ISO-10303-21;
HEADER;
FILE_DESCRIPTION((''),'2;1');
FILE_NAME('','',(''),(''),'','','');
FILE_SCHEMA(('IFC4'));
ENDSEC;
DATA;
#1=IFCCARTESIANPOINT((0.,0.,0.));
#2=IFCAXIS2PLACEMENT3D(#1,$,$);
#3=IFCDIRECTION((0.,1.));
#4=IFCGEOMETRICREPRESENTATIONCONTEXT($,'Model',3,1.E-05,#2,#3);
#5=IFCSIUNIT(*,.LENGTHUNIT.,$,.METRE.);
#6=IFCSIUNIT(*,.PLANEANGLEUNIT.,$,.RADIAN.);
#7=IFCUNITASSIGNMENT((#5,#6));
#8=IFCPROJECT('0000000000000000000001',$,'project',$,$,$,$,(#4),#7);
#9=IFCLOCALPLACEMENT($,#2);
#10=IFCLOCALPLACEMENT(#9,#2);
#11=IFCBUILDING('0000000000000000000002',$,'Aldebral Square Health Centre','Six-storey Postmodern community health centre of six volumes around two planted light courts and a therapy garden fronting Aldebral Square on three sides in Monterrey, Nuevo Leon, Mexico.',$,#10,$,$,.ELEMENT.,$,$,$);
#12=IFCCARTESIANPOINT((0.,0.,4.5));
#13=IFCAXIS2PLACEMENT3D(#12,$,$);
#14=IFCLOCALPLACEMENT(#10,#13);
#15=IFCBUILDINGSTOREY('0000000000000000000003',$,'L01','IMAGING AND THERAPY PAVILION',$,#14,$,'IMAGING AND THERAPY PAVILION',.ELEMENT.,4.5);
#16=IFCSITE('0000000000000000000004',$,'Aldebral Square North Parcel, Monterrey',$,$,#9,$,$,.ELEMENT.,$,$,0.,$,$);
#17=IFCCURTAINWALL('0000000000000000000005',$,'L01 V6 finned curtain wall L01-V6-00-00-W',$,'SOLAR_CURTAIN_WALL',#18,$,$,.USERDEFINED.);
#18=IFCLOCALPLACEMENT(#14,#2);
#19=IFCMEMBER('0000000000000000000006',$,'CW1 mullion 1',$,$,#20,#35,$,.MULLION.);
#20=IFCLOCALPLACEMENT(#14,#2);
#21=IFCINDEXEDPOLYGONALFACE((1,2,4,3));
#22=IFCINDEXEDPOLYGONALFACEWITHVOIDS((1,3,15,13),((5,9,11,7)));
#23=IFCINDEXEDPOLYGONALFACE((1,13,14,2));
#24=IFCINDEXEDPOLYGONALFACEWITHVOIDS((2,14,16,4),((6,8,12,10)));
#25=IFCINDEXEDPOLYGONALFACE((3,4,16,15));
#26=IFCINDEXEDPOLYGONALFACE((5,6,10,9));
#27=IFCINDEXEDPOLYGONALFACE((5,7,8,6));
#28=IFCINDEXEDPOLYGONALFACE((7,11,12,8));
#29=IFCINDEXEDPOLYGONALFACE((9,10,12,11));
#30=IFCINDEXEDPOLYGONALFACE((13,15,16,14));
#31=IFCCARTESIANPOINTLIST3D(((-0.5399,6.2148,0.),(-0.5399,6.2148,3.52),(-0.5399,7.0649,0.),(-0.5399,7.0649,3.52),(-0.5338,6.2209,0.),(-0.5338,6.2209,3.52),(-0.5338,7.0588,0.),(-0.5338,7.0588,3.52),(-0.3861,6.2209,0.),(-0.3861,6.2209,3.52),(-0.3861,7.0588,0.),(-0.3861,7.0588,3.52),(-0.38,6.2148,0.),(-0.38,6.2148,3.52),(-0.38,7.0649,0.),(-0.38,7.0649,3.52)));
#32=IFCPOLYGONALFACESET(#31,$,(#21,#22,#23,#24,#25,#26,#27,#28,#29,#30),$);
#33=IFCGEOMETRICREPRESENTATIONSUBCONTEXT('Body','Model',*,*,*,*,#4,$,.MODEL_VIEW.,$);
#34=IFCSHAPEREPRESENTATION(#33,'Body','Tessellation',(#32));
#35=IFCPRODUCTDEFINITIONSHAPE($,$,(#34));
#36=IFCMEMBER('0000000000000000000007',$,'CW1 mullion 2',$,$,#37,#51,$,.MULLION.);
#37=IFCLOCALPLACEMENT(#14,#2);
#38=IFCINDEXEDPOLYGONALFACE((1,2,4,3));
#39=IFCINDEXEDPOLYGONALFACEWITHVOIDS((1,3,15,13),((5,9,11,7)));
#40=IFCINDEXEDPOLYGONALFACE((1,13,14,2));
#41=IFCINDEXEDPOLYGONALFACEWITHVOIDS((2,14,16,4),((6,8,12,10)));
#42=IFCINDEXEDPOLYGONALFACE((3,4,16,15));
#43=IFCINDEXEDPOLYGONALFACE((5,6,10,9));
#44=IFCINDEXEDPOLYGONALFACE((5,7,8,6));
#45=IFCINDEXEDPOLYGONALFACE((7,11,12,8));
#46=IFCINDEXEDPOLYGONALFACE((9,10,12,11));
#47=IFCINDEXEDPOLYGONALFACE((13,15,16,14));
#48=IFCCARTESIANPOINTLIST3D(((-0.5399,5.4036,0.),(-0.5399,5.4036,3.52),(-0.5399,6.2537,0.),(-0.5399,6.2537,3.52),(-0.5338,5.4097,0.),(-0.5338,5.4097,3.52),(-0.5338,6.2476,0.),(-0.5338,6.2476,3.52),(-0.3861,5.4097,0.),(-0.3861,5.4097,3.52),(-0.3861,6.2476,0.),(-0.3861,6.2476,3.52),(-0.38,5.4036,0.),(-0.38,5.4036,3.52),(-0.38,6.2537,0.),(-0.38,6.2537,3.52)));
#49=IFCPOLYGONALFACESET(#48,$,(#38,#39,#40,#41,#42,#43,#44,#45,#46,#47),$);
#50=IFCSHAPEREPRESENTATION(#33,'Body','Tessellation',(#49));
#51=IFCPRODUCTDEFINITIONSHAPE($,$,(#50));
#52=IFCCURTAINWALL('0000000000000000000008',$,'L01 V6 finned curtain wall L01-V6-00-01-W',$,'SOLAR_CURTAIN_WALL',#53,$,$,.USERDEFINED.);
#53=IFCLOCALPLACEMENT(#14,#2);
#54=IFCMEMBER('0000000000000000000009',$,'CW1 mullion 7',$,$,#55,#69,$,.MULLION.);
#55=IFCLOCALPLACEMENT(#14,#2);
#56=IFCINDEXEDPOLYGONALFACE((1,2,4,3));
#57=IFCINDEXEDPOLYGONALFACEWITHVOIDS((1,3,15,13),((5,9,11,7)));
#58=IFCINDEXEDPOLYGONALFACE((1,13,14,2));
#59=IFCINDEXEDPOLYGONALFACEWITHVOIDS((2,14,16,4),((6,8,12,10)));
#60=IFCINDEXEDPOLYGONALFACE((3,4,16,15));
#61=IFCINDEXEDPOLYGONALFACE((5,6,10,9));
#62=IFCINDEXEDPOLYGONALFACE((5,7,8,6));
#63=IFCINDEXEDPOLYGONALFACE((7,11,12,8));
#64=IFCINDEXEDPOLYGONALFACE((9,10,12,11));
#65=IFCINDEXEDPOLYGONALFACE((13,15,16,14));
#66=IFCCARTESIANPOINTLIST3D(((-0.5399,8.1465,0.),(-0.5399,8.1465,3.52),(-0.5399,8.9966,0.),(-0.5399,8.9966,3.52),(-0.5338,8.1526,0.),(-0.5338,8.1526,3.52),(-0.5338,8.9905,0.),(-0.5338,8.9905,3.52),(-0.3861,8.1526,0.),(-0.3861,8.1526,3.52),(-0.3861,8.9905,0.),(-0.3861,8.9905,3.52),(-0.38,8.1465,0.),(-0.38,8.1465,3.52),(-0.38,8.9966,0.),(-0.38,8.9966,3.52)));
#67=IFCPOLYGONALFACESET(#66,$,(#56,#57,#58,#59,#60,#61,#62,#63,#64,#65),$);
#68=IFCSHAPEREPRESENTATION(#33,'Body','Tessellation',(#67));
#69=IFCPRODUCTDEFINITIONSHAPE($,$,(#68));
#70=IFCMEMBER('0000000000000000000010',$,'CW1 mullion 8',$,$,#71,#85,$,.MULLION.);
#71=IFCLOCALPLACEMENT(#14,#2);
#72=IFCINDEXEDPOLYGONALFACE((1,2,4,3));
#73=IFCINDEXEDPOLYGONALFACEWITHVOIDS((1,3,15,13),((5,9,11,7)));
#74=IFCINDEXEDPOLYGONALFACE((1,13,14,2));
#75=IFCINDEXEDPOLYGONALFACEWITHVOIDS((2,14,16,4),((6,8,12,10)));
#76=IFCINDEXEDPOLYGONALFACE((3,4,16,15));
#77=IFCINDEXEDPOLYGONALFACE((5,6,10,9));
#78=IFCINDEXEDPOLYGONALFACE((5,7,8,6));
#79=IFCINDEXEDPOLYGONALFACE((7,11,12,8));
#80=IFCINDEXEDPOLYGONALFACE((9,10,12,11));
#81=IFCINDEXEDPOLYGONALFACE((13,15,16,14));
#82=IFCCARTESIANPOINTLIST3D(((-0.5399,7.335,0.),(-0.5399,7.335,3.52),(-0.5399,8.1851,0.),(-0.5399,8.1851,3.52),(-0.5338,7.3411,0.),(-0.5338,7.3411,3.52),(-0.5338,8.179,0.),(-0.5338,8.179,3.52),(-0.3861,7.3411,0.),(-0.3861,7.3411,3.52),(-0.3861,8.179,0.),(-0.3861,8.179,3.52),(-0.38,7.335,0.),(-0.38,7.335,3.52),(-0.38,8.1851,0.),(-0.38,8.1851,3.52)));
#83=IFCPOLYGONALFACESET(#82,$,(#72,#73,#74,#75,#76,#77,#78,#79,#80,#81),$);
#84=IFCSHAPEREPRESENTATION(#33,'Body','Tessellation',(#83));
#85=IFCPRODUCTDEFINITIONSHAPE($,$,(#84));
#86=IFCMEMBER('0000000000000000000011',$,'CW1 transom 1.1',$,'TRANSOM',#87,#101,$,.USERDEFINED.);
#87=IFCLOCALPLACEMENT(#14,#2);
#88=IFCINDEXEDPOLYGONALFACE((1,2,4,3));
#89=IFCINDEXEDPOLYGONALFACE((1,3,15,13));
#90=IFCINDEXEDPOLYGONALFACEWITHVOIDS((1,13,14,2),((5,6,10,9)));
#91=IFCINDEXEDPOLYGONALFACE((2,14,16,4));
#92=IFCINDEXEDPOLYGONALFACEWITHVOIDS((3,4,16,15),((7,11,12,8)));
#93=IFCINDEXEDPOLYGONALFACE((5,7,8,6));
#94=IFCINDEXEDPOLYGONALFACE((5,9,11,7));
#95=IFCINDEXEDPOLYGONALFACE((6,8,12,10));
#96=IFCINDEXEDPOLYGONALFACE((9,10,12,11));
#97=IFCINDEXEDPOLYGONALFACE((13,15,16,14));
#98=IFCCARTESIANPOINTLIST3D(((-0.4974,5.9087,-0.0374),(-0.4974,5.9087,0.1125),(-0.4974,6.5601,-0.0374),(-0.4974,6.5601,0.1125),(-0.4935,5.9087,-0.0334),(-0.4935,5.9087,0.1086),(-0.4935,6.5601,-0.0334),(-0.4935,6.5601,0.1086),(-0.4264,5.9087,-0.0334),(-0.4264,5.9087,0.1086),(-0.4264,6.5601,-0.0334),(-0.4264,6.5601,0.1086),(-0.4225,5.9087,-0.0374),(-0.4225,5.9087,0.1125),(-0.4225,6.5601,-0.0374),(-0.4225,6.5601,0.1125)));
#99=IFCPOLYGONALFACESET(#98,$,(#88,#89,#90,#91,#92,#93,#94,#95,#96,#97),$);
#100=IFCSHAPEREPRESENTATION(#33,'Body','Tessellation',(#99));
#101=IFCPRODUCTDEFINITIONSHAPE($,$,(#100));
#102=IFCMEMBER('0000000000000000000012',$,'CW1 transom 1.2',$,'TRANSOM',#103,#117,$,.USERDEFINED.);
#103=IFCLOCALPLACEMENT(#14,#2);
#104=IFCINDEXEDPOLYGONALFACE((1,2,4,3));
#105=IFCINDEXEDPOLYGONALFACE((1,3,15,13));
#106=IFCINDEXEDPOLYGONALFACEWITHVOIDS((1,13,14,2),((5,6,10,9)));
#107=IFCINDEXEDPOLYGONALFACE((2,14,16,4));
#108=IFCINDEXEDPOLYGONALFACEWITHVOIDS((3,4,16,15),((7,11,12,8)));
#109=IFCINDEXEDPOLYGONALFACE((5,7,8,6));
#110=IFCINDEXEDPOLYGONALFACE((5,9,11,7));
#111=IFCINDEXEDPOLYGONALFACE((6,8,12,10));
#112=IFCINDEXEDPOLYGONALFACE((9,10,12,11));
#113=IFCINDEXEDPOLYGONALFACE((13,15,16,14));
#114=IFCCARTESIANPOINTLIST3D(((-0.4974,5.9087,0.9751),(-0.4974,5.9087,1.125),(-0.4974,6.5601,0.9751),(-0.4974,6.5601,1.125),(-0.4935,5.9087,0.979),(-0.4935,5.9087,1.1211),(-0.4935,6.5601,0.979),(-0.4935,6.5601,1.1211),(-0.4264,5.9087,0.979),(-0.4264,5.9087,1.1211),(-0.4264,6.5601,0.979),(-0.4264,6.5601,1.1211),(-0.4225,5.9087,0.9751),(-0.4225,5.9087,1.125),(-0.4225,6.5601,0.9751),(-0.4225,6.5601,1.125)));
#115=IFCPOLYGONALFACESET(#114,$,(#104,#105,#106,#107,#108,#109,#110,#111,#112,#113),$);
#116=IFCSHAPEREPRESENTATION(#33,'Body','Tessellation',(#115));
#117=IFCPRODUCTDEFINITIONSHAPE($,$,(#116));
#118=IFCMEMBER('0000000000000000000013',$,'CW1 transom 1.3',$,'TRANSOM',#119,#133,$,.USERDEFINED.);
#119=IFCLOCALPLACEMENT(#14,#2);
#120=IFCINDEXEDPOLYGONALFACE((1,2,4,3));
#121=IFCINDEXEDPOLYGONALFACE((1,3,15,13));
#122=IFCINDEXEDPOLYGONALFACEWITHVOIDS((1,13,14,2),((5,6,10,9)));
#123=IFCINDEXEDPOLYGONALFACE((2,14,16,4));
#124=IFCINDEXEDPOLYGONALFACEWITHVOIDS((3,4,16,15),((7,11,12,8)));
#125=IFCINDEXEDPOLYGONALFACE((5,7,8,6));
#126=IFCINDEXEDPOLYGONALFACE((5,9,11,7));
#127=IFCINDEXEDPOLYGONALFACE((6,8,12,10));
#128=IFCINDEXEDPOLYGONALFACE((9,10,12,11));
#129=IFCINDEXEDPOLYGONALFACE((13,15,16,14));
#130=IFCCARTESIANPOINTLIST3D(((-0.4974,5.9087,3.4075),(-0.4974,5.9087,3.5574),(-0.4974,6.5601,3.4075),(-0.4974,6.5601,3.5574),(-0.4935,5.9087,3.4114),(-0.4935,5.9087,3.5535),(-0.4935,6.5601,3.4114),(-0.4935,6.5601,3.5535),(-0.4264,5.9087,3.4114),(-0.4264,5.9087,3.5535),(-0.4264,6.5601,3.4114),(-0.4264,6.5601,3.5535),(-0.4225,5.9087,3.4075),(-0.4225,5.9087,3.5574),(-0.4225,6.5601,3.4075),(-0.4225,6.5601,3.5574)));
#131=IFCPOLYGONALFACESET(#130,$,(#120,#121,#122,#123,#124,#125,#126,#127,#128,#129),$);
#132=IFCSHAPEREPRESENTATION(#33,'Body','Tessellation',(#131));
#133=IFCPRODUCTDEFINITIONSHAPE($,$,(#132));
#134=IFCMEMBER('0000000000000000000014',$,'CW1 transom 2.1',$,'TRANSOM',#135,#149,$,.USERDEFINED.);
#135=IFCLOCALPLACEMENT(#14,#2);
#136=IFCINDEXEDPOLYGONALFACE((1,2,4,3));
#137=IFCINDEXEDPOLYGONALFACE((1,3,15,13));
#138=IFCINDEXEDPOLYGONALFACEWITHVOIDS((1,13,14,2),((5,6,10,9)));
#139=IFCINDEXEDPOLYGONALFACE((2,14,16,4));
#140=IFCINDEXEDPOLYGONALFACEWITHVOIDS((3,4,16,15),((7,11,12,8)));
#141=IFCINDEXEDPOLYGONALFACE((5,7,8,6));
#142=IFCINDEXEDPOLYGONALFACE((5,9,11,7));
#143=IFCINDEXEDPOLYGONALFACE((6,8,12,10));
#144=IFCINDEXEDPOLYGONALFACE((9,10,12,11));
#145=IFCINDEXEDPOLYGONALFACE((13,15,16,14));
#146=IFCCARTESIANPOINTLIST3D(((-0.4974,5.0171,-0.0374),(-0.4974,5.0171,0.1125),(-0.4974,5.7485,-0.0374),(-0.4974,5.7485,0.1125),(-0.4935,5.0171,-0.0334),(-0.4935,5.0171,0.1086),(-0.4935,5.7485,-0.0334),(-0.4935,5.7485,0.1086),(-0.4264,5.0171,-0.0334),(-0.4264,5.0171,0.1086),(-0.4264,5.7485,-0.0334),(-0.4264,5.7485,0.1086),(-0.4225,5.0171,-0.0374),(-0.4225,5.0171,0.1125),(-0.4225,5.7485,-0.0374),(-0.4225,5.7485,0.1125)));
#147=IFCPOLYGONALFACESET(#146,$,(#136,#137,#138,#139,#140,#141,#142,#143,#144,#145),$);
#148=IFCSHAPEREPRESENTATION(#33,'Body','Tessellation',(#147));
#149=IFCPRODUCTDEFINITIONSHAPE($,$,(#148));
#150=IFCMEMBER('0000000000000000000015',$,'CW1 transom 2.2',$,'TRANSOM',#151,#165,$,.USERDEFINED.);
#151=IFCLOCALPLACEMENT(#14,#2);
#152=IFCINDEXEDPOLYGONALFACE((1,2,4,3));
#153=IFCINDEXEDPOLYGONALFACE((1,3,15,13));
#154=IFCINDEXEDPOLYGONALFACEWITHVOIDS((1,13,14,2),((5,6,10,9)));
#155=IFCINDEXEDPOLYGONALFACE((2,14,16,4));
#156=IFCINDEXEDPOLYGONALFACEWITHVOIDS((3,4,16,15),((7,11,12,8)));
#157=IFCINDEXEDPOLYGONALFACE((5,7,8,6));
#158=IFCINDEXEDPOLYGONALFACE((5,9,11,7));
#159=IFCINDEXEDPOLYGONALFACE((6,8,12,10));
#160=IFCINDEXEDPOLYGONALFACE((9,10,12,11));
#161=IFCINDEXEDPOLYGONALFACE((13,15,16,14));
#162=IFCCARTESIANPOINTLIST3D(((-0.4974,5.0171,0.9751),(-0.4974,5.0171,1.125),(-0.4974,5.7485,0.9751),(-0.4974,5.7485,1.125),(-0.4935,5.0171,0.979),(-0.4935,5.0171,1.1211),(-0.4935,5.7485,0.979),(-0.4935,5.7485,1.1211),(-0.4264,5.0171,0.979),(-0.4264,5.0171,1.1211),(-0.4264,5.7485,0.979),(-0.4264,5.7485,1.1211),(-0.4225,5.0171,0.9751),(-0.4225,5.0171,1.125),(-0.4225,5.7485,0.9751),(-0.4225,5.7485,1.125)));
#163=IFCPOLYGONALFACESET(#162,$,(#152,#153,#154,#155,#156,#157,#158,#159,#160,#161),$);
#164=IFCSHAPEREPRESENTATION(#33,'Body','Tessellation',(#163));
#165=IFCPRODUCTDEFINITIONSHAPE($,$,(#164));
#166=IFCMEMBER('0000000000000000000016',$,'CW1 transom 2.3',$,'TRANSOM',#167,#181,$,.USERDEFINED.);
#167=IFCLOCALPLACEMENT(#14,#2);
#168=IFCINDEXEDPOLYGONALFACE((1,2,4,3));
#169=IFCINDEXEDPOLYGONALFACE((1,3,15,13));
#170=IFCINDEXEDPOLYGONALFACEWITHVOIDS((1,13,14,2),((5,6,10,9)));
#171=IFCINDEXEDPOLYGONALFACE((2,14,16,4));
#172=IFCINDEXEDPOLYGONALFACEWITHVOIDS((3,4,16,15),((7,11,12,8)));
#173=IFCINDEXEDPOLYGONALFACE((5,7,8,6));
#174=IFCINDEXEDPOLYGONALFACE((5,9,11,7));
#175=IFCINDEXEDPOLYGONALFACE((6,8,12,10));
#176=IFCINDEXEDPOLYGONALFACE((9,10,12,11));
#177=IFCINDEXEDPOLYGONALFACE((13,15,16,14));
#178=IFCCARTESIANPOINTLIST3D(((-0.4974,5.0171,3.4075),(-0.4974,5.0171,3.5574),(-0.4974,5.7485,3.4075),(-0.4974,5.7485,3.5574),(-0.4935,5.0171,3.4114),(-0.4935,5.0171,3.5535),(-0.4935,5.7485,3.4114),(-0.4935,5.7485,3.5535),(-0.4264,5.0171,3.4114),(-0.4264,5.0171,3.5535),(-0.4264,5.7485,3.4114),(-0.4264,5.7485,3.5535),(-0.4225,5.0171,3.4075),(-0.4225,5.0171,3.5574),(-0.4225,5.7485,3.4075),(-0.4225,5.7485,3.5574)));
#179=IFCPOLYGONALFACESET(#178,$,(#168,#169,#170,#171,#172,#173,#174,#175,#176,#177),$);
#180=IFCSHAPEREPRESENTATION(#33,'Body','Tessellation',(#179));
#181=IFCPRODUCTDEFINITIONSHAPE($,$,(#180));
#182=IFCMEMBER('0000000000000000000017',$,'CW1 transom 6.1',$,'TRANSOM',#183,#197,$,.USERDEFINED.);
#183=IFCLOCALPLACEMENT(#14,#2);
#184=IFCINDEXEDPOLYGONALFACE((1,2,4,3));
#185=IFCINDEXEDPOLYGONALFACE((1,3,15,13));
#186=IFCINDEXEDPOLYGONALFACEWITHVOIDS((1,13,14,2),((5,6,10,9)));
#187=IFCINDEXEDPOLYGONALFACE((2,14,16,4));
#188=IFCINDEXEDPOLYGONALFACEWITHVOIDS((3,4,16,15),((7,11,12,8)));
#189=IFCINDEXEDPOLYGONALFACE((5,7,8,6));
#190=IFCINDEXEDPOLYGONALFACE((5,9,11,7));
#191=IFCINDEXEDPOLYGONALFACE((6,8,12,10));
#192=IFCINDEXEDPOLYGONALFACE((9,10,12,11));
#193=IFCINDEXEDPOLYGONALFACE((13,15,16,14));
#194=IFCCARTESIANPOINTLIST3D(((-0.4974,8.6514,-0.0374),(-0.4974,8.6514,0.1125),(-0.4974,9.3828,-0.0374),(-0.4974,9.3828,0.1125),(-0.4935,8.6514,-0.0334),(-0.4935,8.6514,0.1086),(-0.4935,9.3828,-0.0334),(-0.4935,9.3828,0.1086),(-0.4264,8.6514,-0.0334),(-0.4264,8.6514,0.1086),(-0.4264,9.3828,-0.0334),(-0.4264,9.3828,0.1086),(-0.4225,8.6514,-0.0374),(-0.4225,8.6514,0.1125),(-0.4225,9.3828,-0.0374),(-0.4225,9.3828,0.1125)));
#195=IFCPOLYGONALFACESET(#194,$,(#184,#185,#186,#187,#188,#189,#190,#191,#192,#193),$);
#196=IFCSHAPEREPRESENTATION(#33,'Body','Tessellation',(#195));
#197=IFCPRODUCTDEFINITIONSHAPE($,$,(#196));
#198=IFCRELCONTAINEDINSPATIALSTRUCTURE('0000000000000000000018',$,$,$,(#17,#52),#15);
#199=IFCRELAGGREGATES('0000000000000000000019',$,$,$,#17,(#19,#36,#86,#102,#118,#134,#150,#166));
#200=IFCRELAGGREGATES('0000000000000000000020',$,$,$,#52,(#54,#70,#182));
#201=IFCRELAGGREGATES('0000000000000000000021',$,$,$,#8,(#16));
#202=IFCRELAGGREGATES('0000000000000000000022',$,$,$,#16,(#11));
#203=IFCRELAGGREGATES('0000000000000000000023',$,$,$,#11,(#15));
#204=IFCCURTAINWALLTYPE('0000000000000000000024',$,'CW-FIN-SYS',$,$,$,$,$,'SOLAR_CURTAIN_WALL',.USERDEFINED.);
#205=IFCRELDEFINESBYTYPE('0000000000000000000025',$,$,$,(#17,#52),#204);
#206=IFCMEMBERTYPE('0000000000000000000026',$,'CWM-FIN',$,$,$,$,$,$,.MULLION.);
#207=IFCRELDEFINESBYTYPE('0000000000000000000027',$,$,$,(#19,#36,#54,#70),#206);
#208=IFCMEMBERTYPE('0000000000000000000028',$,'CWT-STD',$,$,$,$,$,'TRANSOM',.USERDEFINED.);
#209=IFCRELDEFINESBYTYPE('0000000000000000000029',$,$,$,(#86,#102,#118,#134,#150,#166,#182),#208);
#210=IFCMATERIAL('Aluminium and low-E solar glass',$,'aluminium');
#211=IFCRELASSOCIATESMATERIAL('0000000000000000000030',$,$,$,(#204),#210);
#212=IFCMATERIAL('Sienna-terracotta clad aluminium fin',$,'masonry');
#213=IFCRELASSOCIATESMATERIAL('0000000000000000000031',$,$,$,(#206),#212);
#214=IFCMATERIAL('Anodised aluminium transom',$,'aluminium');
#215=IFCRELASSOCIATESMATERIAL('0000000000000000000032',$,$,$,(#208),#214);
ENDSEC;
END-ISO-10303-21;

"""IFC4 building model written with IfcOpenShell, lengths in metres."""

from ifc_helpers import new_model, si_unit, direction, frame, origin, origin_2d, place, context, subcontext, project, spatial, hollow_rectangle, extrude, material, material_profile, profile_set, type_object, element, aggregate, save


model = new_model("IFC4")

# Units and contexts
model_context = context("Model", 3, precision=1e-05, world=origin(), true_north=direction((0.0, 1.0)))
body_context = subcontext(model_context, "Body", "Model", "MODEL_VIEW")
ifc_project = project(units=[si_unit("LENGTHUNIT", "METRE"), si_unit("PLANEANGLEUNIT", "RADIAN")], contexts=[model_context])

# Site, building, storey
site_placement = place(None, origin())
site = spatial("IfcSite", under=ifc_project, at=site_placement, Name="Aldebral Square North Parcel, Monterrey", CompositionType="ELEMENT", RefElevation=0.0)
building_placement = place(site_placement, origin())
building = spatial("IfcBuilding", under=site, at=building_placement, Name="Aldebral Square Health Centre", Description="Six-storey Postmodern community health centre of six volumes around two planted light courts and a therapy garden fronting Aldebral Square on three sides in Monterrey, Nuevo Leon, Mexico.", CompositionType="ELEMENT")
storey_placement = place(building_placement, frame((0.0, 0.0, 4.5)))
storey = spatial("IfcBuildingStorey", under=building, at=storey_placement, Name="L01", Description="IMAGING AND THERAPY PAVILION", LongName="IMAGING AND THERAPY PAVILION", CompositionType="ELEMENT", Elevation=4.5)

# Curtain walls, members
ifc_material_1 = material(Name="Aluminium and low-E solar glass", Category="aluminium")
curtain_wall_type = type_object("IfcCurtainWallType", Name="CW-FIN-SYS", ElementType="SOLAR_CURTAIN_WALL", PredefinedType="USERDEFINED", material=ifc_material_1)
curtain_wall_1_placement = place(storey_placement, origin())
curtain_wall_1 = element("IfcCurtainWall", 1, at=curtain_wall_1_placement, inside=storey, type_object=curtain_wall_type, Name="L01 V6 finned curtain wall L01-V6-00-00-W", ObjectType="SOLAR_CURTAIN_WALL", PredefinedType="USERDEFINED")
ifc_material_2 = material(Name="Sienna-terracotta clad aluminium fin", Category="masonry")
ifc_material_profile_1 = material_profile(ifc_material_2, hollow_rectangle(XDim=0.1599, YDim=0.8501, WallThickness=0.0061, at=origin_2d()), Name="FIN 160x850x6")
ifc_profile_set_1 = profile_set([ifc_material_profile_1], Name="Sienna-terracotta clad aluminium fin")
member_type_1 = type_object("IfcMemberType", Name="CWM-FIN", PredefinedType="MULLION", material=ifc_profile_set_1)
member_1_placement = place(storey_placement, frame((-0.46, 6.6399, 0.0), z_axis=(0.0, 0.0, 1.0), x_axis=(1.0, 0.0, 0.0)))
member_1 = element("IfcMember", 2, at=member_1_placement, type_object=member_type_1, Name="CW1 mullion 1", PredefinedType="MULLION", context=body_context, shape_type="SweptSolid", body=[
    extrude(hollow_rectangle(XDim=0.1599, YDim=0.8501, WallThickness=0.0061, at=origin_2d()), origin(), (0.0, 0.0, 1.0), 3.52),
])
member_2_placement = place(storey_placement, frame((-0.46, 5.8286, 0.0), z_axis=(0.0, 0.0, 1.0), x_axis=(1.0, 0.0, 0.0)))
member_2 = element("IfcMember", 3, at=member_2_placement, type_object=member_type_1, Name="CW1 mullion 2", PredefinedType="MULLION", context=body_context, shape_type="SweptSolid", body=[
    extrude(hollow_rectangle(XDim=0.1599, YDim=0.8501, WallThickness=0.0061, at=origin_2d()), origin(), (0.0, 0.0, 1.0), 3.52),
])
curtain_wall_2_placement = place(storey_placement, origin())
curtain_wall_2 = element("IfcCurtainWall", 4, at=curtain_wall_2_placement, inside=storey, type_object=curtain_wall_type, Name="L01 V6 finned curtain wall L01-V6-00-01-W", ObjectType="SOLAR_CURTAIN_WALL", PredefinedType="USERDEFINED")
member_3_placement = place(storey_placement, frame((-0.46, 8.5715, 0.0), z_axis=(0.0, 0.0, 1.0), x_axis=(1.0, 0.0, 0.0)))
member_3 = element("IfcMember", 5, at=member_3_placement, type_object=member_type_1, Name="CW1 mullion 7", PredefinedType="MULLION", context=body_context, shape_type="SweptSolid", body=[
    extrude(hollow_rectangle(XDim=0.1599, YDim=0.8501, WallThickness=0.0061, at=origin_2d()), origin(), (0.0, 0.0, 1.0), 3.52),
])
member_4_placement = place(storey_placement, frame((-0.46, 7.76, 0.0), z_axis=(0.0, 0.0, 1.0), x_axis=(1.0, 0.0, 0.0)))
member_4 = element("IfcMember", 6, at=member_4_placement, type_object=member_type_1, Name="CW1 mullion 8", PredefinedType="MULLION", context=body_context, shape_type="SweptSolid", body=[
    extrude(hollow_rectangle(XDim=0.1599, YDim=0.8501, WallThickness=0.0061, at=origin_2d()), origin(), (0.0, 0.0, 1.0), 3.52),
])

# Members
ifc_material_3 = material(Name="Anodised aluminium transom", Category="aluminium")
ifc_material_profile_2 = material_profile(ifc_material_3, hollow_rectangle(XDim=0.075, YDim=0.1499, WallThickness=0.0039, at=origin_2d()), Name="CWT 75x150x4")
ifc_profile_set_2 = profile_set([ifc_material_profile_2], Name="Anodised aluminium transom")
member_type_2 = type_object("IfcMemberType", Name="CWT-STD", ElementType="TRANSOM", PredefinedType="USERDEFINED", material=ifc_profile_set_2)
member_5_placement = place(storey_placement, frame((-0.46, 6.5601, 0.0376), z_axis=(0.0, -1.0, 0.0), x_axis=(1.0, 0.0, 0.0)))
member_5 = element("IfcMember", 7, at=member_5_placement, type_object=member_type_2, Name="CW1 transom 1.1", ObjectType="TRANSOM", PredefinedType="USERDEFINED", context=body_context, shape_type="SweptSolid", body=[
    extrude(hollow_rectangle(XDim=0.075, YDim=0.1499, WallThickness=0.0039, at=origin_2d()), origin(), (0.0, 0.0, 1.0), 0.6514),
])
member_6_placement = place(storey_placement, frame((-0.46, 6.5601, 1.05), z_axis=(0.0, -1.0, 0.0), x_axis=(1.0, 0.0, 0.0)))
member_6 = element("IfcMember", 8, at=member_6_placement, type_object=member_type_2, Name="CW1 transom 1.2", ObjectType="TRANSOM", PredefinedType="USERDEFINED", context=body_context, shape_type="SweptSolid", body=[
    extrude(hollow_rectangle(XDim=0.075, YDim=0.1499, WallThickness=0.0039, at=origin_2d()), origin(), (0.0, 0.0, 1.0), 0.6514),
])
member_7_placement = place(storey_placement, frame((-0.46, 6.5601, 3.4824), z_axis=(0.0, -1.0, 0.0), x_axis=(1.0, 0.0, 0.0)))
member_7 = element("IfcMember", 9, at=member_7_placement, type_object=member_type_2, Name="CW1 transom 1.3", ObjectType="TRANSOM", PredefinedType="USERDEFINED", context=body_context, shape_type="SweptSolid", body=[
    extrude(hollow_rectangle(XDim=0.075, YDim=0.1499, WallThickness=0.0039, at=origin_2d()), origin(), (0.0, 0.0, 1.0), 0.6514),
])
member_8_placement = place(storey_placement, frame((-0.46, 5.7485, 0.0376), z_axis=(0.0, -1.0, 0.0), x_axis=(1.0, 0.0, 0.0)))
member_8 = element("IfcMember", 10, at=member_8_placement, type_object=member_type_2, Name="CW1 transom 2.1", ObjectType="TRANSOM", PredefinedType="USERDEFINED", context=body_context, shape_type="SweptSolid", body=[
    extrude(hollow_rectangle(XDim=0.075, YDim=0.1499, WallThickness=0.0039, at=origin_2d()), origin(), (0.0, 0.0, 1.0), 0.7314),
])
member_9_placement = place(storey_placement, frame((-0.46, 5.7485, 1.05), z_axis=(0.0, -1.0, 0.0), x_axis=(1.0, 0.0, 0.0)))
member_9 = element("IfcMember", 11, at=member_9_placement, type_object=member_type_2, Name="CW1 transom 2.2", ObjectType="TRANSOM", PredefinedType="USERDEFINED", context=body_context, shape_type="SweptSolid", body=[
    extrude(hollow_rectangle(XDim=0.075, YDim=0.1499, WallThickness=0.0039, at=origin_2d()), origin(), (0.0, 0.0, 1.0), 0.7314),
])
member_10_placement = place(storey_placement, frame((-0.46, 5.7485, 3.4824), z_axis=(0.0, -1.0, 0.0), x_axis=(1.0, 0.0, 0.0)))
member_10 = element("IfcMember", 12, at=member_10_placement, type_object=member_type_2, Name="CW1 transom 2.3", ObjectType="TRANSOM", PredefinedType="USERDEFINED", context=body_context, shape_type="SweptSolid", body=[
    extrude(hollow_rectangle(XDim=0.075, YDim=0.1499, WallThickness=0.0039, at=origin_2d()), origin(), (0.0, 0.0, 1.0), 0.7314),
])
member_11_placement = place(storey_placement, frame((-0.46, 9.3828, 0.0376), z_axis=(0.0, -1.0, 0.0), x_axis=(1.0, 0.0, 0.0)))
member_11 = element("IfcMember", 13, at=member_11_placement, type_object=member_type_2, Name="CW1 transom 6.1", ObjectType="TRANSOM", PredefinedType="USERDEFINED", context=body_context, shape_type="SweptSolid", body=[
    extrude(hollow_rectangle(XDim=0.075, YDim=0.1499, WallThickness=0.0039, at=origin_2d()), origin(), (0.0, 0.0, 1.0), 0.7314),
])

aggregate(curtain_wall_1, [member_1, member_2, member_5, member_6, member_7, member_8, member_9, member_10])
aggregate(curtain_wall_2, [member_3, member_4, member_11])

save(model, "model.ifc")
